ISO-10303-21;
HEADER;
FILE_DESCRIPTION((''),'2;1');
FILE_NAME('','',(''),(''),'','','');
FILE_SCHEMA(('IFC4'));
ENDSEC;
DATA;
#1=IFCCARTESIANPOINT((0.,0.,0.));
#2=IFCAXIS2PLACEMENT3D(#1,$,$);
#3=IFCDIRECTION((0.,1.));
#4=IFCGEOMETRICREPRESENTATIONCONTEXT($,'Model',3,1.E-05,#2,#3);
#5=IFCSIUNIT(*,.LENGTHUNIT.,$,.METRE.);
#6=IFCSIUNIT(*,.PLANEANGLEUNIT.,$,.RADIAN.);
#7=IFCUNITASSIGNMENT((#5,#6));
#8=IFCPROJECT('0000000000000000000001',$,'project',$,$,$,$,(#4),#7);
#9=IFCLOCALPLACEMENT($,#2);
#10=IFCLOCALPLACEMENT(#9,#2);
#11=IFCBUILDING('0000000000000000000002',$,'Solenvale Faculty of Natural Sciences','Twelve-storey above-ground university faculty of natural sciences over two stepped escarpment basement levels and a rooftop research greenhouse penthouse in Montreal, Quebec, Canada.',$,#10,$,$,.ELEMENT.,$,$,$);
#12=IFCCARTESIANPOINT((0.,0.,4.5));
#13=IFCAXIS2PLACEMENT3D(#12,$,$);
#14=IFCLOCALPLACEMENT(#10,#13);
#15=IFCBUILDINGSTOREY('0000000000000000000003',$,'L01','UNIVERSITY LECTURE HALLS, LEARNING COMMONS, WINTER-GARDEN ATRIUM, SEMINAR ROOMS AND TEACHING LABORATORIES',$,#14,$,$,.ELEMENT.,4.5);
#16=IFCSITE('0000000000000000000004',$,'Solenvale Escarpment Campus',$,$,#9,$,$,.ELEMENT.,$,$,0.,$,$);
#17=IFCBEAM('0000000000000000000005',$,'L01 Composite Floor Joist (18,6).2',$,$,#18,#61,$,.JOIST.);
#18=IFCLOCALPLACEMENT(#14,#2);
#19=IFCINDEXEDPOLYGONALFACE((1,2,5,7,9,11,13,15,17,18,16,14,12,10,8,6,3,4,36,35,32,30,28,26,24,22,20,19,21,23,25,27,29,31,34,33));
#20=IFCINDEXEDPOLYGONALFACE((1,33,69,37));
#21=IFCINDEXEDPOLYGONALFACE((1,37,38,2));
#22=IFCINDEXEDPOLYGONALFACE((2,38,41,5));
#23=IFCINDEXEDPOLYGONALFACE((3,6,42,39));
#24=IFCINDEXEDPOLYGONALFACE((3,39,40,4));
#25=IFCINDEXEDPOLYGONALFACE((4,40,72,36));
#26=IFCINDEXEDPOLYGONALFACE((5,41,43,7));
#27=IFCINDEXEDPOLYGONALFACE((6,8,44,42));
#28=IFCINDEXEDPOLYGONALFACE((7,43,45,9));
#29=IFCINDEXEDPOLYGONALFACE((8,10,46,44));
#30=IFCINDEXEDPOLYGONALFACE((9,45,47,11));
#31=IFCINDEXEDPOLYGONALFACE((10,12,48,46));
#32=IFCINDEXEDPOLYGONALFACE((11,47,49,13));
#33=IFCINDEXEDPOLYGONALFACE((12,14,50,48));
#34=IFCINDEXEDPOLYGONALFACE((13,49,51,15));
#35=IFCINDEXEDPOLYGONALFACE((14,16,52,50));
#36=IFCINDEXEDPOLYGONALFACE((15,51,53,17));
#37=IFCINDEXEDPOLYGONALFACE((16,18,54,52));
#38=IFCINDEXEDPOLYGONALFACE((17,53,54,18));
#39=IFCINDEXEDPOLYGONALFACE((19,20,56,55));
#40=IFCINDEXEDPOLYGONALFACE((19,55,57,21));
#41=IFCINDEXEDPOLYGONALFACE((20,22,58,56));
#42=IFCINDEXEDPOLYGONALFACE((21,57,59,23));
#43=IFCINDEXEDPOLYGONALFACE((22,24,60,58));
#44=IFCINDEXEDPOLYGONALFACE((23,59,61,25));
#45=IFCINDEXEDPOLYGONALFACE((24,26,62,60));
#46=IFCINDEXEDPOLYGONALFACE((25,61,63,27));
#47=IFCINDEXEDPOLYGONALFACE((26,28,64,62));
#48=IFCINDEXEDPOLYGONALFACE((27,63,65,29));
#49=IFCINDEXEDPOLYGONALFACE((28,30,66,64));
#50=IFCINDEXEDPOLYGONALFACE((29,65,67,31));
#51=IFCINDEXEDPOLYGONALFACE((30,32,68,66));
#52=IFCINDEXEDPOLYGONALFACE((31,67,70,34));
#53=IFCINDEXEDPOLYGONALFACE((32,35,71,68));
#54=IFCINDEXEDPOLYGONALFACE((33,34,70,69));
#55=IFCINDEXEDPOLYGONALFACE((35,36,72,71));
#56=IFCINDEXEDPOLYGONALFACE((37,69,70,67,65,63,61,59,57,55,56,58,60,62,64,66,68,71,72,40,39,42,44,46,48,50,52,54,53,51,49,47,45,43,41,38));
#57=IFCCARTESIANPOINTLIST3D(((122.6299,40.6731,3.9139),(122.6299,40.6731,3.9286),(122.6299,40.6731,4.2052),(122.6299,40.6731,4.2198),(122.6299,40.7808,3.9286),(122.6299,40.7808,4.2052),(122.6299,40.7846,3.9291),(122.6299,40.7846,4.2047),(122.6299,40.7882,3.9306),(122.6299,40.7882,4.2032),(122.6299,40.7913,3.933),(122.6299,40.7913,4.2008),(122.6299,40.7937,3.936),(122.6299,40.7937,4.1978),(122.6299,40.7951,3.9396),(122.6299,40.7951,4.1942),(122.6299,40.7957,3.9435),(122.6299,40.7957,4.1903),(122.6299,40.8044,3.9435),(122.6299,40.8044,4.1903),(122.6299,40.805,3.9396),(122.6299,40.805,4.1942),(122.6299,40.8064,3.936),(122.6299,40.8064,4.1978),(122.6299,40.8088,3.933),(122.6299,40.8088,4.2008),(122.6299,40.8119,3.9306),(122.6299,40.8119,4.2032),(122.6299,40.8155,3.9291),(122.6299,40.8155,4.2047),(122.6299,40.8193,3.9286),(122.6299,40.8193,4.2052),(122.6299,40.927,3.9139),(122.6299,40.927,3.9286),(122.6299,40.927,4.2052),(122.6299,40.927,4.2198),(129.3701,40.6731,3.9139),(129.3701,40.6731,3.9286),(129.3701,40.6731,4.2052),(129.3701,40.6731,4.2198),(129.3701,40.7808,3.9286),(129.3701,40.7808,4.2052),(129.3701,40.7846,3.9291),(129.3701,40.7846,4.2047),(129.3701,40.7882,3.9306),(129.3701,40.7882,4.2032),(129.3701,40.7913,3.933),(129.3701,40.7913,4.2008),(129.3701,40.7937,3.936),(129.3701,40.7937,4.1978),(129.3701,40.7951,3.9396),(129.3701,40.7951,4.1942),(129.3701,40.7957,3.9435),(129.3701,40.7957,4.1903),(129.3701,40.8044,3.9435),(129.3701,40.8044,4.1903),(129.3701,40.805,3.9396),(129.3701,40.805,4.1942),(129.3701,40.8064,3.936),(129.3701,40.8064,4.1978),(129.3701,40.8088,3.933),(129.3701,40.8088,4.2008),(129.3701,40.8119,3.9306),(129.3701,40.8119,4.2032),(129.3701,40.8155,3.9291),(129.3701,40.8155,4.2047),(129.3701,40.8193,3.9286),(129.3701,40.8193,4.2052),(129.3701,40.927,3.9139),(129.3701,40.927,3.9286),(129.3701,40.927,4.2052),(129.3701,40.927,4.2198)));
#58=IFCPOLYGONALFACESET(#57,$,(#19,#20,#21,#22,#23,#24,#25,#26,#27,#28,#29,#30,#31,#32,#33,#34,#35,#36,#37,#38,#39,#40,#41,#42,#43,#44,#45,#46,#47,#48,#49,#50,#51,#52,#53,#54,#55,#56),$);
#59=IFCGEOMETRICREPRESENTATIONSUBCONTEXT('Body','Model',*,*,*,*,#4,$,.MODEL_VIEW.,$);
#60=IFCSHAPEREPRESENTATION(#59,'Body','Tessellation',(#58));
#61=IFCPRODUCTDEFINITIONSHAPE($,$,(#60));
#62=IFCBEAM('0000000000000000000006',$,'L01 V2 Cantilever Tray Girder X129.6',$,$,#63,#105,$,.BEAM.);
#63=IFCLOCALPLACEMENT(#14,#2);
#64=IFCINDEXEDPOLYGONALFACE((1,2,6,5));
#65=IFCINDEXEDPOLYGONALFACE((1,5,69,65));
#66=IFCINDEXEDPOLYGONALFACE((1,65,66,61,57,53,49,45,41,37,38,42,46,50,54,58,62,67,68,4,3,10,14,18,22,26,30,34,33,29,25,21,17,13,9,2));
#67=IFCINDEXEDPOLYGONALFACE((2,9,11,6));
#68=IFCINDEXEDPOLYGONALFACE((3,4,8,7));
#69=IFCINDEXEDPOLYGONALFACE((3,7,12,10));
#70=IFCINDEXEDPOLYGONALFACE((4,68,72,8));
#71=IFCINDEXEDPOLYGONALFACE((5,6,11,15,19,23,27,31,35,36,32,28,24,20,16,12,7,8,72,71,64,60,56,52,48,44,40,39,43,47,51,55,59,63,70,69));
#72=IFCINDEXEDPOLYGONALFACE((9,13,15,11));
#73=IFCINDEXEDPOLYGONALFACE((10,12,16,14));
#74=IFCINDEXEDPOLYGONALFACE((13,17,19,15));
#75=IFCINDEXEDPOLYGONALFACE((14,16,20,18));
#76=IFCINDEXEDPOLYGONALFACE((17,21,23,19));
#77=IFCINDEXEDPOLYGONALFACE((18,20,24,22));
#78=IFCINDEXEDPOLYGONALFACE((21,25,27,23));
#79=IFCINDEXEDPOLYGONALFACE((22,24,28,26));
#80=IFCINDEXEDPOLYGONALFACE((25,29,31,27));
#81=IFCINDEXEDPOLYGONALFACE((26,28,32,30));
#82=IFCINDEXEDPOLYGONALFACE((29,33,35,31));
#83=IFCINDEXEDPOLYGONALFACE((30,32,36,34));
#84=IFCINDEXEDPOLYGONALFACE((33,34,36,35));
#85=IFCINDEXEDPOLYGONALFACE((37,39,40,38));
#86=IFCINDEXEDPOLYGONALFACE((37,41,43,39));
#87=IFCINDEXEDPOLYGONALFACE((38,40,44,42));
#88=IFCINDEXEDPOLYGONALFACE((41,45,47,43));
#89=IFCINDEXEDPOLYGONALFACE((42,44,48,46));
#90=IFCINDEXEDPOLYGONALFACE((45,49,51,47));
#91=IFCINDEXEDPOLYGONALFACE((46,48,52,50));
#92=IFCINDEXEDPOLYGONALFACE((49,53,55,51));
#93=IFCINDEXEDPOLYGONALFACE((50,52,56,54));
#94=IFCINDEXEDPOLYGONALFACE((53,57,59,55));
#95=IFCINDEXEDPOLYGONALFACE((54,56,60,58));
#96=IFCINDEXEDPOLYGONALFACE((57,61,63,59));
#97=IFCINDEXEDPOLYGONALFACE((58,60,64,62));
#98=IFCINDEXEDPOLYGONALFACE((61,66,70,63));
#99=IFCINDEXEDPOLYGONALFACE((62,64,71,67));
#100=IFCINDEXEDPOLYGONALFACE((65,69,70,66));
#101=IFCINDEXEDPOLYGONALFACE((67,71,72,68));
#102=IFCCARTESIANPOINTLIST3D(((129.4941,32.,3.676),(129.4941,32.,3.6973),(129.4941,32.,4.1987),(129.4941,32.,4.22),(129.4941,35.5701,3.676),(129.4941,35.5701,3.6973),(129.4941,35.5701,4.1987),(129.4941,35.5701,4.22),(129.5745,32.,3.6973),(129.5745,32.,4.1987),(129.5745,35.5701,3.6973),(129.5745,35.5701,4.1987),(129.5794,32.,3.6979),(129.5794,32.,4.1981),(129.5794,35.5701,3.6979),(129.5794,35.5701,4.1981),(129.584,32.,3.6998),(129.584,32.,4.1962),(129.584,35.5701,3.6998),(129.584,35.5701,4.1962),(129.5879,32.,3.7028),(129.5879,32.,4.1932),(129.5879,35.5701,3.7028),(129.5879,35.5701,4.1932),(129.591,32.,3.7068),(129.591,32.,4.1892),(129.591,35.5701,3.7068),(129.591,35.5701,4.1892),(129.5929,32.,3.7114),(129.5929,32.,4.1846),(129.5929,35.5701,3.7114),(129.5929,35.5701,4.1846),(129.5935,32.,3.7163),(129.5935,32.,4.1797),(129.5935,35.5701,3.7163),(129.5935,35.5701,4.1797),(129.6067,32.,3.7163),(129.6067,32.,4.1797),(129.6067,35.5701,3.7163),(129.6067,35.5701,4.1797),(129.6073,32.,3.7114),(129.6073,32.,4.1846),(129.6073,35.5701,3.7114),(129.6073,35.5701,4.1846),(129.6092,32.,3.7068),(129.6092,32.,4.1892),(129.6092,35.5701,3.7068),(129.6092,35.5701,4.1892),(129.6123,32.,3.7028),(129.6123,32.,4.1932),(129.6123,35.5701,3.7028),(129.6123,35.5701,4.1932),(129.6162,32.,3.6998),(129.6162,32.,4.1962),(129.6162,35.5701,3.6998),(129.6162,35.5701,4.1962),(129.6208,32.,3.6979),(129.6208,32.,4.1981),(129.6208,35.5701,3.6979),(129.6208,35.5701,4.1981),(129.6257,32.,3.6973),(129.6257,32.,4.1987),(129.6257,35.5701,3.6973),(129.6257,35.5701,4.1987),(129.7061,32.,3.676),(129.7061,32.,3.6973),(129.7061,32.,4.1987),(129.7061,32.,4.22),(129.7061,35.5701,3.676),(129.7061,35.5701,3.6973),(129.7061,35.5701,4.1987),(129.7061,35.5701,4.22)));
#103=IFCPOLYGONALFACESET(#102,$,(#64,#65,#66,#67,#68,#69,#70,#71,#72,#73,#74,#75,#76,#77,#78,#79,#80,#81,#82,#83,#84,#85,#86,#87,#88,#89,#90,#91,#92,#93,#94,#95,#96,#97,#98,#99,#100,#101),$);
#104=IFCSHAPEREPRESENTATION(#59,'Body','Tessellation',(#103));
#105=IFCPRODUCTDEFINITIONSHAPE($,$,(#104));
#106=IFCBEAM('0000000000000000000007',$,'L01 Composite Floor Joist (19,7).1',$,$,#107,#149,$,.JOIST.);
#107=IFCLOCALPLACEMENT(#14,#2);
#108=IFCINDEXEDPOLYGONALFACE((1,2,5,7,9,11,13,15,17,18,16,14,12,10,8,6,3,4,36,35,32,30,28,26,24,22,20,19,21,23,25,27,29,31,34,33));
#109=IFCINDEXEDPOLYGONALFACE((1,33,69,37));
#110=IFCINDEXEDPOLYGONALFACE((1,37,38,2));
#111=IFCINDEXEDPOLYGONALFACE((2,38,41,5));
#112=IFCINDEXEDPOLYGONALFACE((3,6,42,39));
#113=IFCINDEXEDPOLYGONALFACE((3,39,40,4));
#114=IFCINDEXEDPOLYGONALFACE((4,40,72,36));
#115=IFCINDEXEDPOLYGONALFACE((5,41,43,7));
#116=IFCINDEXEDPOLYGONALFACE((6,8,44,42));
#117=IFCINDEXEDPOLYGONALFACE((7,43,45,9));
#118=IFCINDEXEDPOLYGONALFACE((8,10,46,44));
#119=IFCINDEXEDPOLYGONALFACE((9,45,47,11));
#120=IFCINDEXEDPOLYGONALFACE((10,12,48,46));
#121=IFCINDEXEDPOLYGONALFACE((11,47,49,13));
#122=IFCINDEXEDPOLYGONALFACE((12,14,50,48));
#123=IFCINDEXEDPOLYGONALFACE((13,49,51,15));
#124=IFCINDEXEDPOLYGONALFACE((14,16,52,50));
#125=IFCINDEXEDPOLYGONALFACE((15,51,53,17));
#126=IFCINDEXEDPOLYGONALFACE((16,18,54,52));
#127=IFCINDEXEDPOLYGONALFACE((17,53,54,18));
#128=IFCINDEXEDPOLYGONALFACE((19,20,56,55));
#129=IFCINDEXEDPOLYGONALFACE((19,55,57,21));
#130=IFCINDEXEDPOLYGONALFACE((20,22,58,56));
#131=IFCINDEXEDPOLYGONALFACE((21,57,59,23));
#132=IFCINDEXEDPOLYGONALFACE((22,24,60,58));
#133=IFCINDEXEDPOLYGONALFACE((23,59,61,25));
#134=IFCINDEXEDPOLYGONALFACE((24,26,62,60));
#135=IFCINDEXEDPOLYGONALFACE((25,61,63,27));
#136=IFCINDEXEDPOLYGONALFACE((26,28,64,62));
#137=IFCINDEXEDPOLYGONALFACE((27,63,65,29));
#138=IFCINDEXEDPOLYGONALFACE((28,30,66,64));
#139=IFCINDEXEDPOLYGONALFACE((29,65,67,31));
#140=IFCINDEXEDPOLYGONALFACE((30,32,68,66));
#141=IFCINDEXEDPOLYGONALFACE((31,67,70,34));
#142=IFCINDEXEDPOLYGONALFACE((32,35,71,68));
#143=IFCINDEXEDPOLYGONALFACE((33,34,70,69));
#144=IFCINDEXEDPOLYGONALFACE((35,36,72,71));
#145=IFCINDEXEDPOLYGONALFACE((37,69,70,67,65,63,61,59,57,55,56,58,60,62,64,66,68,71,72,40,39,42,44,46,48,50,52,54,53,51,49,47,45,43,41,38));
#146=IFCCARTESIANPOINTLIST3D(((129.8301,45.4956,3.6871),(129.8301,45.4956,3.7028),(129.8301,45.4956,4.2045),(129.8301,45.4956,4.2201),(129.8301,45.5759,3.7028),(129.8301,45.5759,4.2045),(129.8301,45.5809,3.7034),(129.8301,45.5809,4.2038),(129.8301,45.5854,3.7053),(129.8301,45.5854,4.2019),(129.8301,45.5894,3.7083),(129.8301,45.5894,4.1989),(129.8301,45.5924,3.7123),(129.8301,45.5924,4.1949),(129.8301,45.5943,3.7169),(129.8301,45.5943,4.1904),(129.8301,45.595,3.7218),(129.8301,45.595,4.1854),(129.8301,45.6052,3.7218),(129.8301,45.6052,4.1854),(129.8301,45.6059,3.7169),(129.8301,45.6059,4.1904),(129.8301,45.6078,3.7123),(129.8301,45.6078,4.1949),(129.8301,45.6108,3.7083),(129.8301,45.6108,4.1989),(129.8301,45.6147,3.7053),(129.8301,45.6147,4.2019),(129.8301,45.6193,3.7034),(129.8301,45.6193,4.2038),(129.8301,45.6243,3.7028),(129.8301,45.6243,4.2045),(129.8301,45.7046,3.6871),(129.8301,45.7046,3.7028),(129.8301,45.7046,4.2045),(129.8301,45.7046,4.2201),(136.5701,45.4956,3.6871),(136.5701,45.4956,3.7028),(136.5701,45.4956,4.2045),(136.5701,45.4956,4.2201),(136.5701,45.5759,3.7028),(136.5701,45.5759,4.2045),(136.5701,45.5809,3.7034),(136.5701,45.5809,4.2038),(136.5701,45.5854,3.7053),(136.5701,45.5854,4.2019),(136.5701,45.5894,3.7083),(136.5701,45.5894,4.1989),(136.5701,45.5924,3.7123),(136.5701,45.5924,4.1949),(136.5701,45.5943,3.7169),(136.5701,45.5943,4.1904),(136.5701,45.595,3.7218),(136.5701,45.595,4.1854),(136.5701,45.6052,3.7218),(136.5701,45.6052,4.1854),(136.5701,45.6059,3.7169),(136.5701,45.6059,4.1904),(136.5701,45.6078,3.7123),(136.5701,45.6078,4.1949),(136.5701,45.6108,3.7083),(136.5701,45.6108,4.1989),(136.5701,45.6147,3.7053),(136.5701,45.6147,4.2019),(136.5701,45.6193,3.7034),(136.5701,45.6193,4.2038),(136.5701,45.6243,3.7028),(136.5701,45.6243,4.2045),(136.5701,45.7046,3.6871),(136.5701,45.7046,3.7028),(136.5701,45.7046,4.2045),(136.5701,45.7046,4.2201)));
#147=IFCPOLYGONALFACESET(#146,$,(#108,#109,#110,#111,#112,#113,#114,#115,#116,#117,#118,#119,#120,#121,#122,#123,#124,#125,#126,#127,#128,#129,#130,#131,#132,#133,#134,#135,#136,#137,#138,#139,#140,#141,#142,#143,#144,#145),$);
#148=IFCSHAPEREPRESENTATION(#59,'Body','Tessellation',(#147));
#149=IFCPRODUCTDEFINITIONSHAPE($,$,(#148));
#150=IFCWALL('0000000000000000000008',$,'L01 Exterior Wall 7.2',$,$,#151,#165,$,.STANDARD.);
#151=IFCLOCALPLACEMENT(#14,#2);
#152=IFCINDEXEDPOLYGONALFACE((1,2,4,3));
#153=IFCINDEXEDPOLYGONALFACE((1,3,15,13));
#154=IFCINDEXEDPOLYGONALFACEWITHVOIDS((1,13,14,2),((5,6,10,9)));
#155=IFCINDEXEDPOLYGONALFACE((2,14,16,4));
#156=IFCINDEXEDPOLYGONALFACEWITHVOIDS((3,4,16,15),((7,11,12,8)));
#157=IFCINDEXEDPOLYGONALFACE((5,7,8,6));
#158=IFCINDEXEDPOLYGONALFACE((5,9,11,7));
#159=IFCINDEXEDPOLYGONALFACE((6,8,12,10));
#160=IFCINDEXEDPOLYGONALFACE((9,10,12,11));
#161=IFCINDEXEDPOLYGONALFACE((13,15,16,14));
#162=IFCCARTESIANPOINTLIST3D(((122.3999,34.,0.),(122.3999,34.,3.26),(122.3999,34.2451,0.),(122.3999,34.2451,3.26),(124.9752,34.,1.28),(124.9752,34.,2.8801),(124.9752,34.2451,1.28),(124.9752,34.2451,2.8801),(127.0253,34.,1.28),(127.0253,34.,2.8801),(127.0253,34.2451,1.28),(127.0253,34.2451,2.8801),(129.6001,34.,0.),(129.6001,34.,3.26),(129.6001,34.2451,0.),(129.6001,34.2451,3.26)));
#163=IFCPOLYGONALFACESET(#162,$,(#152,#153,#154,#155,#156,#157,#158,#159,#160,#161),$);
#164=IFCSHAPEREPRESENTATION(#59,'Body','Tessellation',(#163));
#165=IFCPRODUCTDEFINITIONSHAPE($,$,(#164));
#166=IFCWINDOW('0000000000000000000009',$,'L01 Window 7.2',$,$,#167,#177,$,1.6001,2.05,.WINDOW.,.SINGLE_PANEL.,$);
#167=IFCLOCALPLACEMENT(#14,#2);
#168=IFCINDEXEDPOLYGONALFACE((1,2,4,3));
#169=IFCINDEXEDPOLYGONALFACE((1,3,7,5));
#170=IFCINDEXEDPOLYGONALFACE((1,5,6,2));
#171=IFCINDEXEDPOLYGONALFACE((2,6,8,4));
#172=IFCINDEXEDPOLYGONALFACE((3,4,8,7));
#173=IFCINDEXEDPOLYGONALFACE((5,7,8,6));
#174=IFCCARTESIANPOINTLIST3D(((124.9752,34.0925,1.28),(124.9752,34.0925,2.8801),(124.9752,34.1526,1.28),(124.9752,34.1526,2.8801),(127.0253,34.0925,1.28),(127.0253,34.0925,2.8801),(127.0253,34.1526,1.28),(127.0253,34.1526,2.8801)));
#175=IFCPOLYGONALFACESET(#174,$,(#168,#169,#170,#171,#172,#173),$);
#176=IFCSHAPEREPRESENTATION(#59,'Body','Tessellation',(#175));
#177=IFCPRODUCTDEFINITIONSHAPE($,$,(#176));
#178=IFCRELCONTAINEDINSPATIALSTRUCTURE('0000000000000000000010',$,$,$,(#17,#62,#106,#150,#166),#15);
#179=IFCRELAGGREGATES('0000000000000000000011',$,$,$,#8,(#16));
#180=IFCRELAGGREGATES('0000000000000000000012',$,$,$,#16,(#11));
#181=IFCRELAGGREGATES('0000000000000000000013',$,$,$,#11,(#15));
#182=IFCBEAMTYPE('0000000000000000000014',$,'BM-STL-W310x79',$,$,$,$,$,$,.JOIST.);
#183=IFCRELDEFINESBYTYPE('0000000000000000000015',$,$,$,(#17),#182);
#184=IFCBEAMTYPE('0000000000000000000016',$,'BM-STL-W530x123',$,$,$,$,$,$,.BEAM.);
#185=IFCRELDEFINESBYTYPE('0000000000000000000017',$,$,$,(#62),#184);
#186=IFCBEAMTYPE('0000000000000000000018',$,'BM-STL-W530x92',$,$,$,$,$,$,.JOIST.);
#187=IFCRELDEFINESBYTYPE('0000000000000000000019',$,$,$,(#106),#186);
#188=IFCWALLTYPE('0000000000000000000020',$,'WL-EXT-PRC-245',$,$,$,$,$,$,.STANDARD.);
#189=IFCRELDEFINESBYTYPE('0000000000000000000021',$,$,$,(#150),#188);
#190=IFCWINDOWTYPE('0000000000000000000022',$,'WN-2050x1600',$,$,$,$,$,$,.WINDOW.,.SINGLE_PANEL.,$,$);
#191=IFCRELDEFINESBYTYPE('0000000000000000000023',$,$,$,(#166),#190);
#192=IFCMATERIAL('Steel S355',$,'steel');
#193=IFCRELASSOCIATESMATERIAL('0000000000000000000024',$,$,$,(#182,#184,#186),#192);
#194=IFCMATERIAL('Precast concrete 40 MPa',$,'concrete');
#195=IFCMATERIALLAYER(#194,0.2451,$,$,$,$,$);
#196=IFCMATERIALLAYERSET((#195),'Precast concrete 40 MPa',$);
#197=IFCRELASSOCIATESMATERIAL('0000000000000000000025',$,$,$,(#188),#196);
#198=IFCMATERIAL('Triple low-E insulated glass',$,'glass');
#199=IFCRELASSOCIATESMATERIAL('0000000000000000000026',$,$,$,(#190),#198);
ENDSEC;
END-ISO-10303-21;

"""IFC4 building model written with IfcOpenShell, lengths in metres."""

from ifc_helpers import new_model, si_unit, direction, frame, frame_2d, origin, origin_2d, place, context, subcontext, project, spatial, rectangle, i_section, extrude, material, layer, layer_set, material_profile, profile_set, type_object, element, fill, save


model = new_model("IFC4")

# Units and contexts
model_context = context("Model", 3, precision=1e-05, world=origin(), true_north=direction((0.0, 1.0)))
body_context = subcontext(model_context, "Body", "Model", "MODEL_VIEW")
ifc_project = project(units=[si_unit("LENGTHUNIT", "METRE"), si_unit("PLANEANGLEUNIT", "RADIAN")], contexts=[model_context])

# Site, building, storey
site_placement = place(None, origin())
site = spatial("IfcSite", under=ifc_project, at=site_placement, Name="Solenvale Escarpment Campus", CompositionType="ELEMENT", RefElevation=0.0)
building_placement = place(site_placement, origin())
building = spatial("IfcBuilding", under=site, at=building_placement, Name="Solenvale Faculty of Natural Sciences", Description="Twelve-storey above-ground university faculty of natural sciences over two stepped escarpment basement levels and a rooftop research greenhouse penthouse in Montreal, Quebec, Canada.", CompositionType="ELEMENT")
storey_placement = place(building_placement, frame((0.0, 0.0, 4.5)))
storey = spatial("IfcBuildingStorey", under=building, at=storey_placement, Name="L01", Description="UNIVERSITY LECTURE HALLS, LEARNING COMMONS, WINTER-GARDEN ATRIUM, SEMINAR ROOMS AND TEACHING LABORATORIES", CompositionType="ELEMENT", Elevation=4.5)

# Beams
ifc_material_1 = material(Name="Steel S355", Category="steel")
ifc_material_profile_1 = material_profile(ifc_material_1, i_section(OverallWidth=0.2539, OverallDepth=0.3059, WebThickness=0.0088, FlangeThickness=0.0146, FilletRadius=0.0149, at=origin_2d()), Name="W310x79")
ifc_profile_set_1 = profile_set([ifc_material_profile_1], Name="Steel S355")
beam_type_1 = type_object("IfcBeamType", Name="BM-STL-W310x79", PredefinedType="JOIST", material=ifc_profile_set_1)
for number, where, z_axis, x_axis, name in (
    (1, (122.6299, 40.8, 4.0669), (1.0, 0.0, 0.0), (0.0, 1.0, 0.0), "L01 Composite Floor Joist (18,6).2"),
):
    element("IfcBeam", number, at=place(storey_placement, frame(where, z_axis=z_axis, x_axis=x_axis)), inside=storey, type_object=beam_type_1, Name=name, PredefinedType="JOIST", context=body_context, shape_type="SweptSolid", body=[
        extrude(i_section(OverallWidth=0.2539, OverallDepth=0.3059, WebThickness=0.0088, FlangeThickness=0.0146, FilletRadius=0.0149, at=origin_2d()), origin(), (0.0, 0.0, 1.0), 6.7402),
    ])
ifc_material_profile_2 = material_profile(ifc_material_1, i_section(OverallWidth=0.2119, OverallDepth=0.5439, WebThickness=0.0132, FlangeThickness=0.0212, FilletRadius=0.019, at=origin_2d()), Name="W530x123")
ifc_profile_set_2 = profile_set([ifc_material_profile_2], Name="Steel S355")
beam_type_2 = type_object("IfcBeamType", Name="BM-STL-W530x123", PredefinedType="BEAM", material=ifc_profile_set_2)
beam_1_placement = place(storey_placement, frame((129.6001, 35.5701, 3.948), z_axis=(0.0, -1.0, 0.0), x_axis=(1.0, 0.0, 0.0)))
element("IfcBeam", 2, at=beam_1_placement, inside=storey, type_object=beam_type_2, Name="L01 V2 Cantilever Tray Girder X129.6", PredefinedType="BEAM", context=body_context, shape_type="SweptSolid", body=[
    extrude(i_section(OverallWidth=0.2119, OverallDepth=0.5439, WebThickness=0.0132, FlangeThickness=0.0212, FilletRadius=0.019, at=origin_2d()), origin(), (0.0, 0.0, 1.0), 3.5701),
])
ifc_material_profile_3 = material_profile(ifc_material_1, i_section(OverallWidth=0.209, OverallDepth=0.533, WebThickness=0.0103, FlangeThickness=0.0156, FilletRadius=0.019, at=origin_2d()), Name="W530x92")
ifc_profile_set_3 = profile_set([ifc_material_profile_3], Name="Steel S355")
beam_type_3 = type_object("IfcBeamType", Name="BM-STL-W530x92", PredefinedType="JOIST", material=ifc_profile_set_3)
beam_2_placement = place(storey_placement, frame((129.8301, 45.6001, 3.9536), z_axis=(1.0, 0.0, 0.0), x_axis=(0.0, 1.0, 0.0)))
element("IfcBeam", 3, at=beam_2_placement, inside=storey, type_object=beam_type_3, Name="L01 Composite Floor Joist (19,7).1", PredefinedType="JOIST", context=body_context, shape_type="SweptSolid", body=[
    extrude(i_section(OverallWidth=0.209, OverallDepth=0.533, WebThickness=0.0103, FlangeThickness=0.0156, FilletRadius=0.019, at=origin_2d()), origin(), (0.0, 0.0, 1.0), 6.74),
])

# Wall, opening, window
ifc_material_2 = material(Name="Precast concrete 40 MPa", Category="concrete")
ifc_layer_1 = layer(ifc_material_2, 0.2451)
ifc_layer_set_1 = layer_set([ifc_layer_1], Name="Precast concrete 40 MPa")
wall_type_1 = type_object("IfcWallType", Name="WL-EXT-PRC-245", PredefinedType="STANDARD", material=ifc_layer_set_1)
wall_placement = place(storey_placement, frame((129.6001, 34.1226, 0.0), z_axis=(0.0, 0.0, 1.0), x_axis=(-1.0, 0.0, 0.0)))
wall = element("IfcWall", 4, at=wall_placement, inside=storey, type_object=wall_type_1, Name="L01 Exterior Wall 7.2", PredefinedType="STANDARD", context=body_context, shape_type="SweptSolid", body=[
    extrude(rectangle(XDim=7.2002, YDim=0.2451, at=frame_2d((3.6001, 0.0))), origin(), (0.0, 0.0, 1.0), 3.26),
])
opening_placement = place(wall_placement, frame((2.575, 0.0, 1.28)))
opening = element("IfcOpeningElement", 5, at=opening_placement, cuts=wall, PredefinedType="OPENING", context=body_context, shape_type="SweptSolid", body=[
    extrude(rectangle(XDim=2.05, YDim=1.6001, at=frame_2d((1.0249, 0.8))), frame((0.0, 0.1326, 0.0), z_axis=(0.0, -1.0, 0.0), x_axis=(1.0, 0.0, 0.0)), (0.0, 0.0, 1.0), 0.2651),
])
ifc_material_3 = material(Name="Triple low-E insulated glass", Category="glass")
window_type = type_object("IfcWindowType", Name="WN-2050x1600", PartitioningType="SINGLE_PANEL", PredefinedType="WINDOW", material=ifc_material_3)
window_placement = place(opening_placement, origin())
window = element("IfcWindow", 6, at=window_placement, inside=storey, type_object=window_type, Name="L01 Window 7.2", OverallHeight=1.6001, OverallWidth=2.05, PartitioningType="SINGLE_PANEL", PredefinedType="WINDOW", context=body_context, shape_type="SweptSolid", body=[
    extrude(rectangle(XDim=2.05, YDim=1.6001, at=frame_2d((1.0249, 0.8))), frame((0.0, 0.03, 0.0), z_axis=(0.0, -1.0, 0.0), x_axis=(1.0, 0.0, 0.0)), (0.0, 0.0, 1.0), 0.0601),
])
fill(opening, window)

save(model, "model.ifc")
